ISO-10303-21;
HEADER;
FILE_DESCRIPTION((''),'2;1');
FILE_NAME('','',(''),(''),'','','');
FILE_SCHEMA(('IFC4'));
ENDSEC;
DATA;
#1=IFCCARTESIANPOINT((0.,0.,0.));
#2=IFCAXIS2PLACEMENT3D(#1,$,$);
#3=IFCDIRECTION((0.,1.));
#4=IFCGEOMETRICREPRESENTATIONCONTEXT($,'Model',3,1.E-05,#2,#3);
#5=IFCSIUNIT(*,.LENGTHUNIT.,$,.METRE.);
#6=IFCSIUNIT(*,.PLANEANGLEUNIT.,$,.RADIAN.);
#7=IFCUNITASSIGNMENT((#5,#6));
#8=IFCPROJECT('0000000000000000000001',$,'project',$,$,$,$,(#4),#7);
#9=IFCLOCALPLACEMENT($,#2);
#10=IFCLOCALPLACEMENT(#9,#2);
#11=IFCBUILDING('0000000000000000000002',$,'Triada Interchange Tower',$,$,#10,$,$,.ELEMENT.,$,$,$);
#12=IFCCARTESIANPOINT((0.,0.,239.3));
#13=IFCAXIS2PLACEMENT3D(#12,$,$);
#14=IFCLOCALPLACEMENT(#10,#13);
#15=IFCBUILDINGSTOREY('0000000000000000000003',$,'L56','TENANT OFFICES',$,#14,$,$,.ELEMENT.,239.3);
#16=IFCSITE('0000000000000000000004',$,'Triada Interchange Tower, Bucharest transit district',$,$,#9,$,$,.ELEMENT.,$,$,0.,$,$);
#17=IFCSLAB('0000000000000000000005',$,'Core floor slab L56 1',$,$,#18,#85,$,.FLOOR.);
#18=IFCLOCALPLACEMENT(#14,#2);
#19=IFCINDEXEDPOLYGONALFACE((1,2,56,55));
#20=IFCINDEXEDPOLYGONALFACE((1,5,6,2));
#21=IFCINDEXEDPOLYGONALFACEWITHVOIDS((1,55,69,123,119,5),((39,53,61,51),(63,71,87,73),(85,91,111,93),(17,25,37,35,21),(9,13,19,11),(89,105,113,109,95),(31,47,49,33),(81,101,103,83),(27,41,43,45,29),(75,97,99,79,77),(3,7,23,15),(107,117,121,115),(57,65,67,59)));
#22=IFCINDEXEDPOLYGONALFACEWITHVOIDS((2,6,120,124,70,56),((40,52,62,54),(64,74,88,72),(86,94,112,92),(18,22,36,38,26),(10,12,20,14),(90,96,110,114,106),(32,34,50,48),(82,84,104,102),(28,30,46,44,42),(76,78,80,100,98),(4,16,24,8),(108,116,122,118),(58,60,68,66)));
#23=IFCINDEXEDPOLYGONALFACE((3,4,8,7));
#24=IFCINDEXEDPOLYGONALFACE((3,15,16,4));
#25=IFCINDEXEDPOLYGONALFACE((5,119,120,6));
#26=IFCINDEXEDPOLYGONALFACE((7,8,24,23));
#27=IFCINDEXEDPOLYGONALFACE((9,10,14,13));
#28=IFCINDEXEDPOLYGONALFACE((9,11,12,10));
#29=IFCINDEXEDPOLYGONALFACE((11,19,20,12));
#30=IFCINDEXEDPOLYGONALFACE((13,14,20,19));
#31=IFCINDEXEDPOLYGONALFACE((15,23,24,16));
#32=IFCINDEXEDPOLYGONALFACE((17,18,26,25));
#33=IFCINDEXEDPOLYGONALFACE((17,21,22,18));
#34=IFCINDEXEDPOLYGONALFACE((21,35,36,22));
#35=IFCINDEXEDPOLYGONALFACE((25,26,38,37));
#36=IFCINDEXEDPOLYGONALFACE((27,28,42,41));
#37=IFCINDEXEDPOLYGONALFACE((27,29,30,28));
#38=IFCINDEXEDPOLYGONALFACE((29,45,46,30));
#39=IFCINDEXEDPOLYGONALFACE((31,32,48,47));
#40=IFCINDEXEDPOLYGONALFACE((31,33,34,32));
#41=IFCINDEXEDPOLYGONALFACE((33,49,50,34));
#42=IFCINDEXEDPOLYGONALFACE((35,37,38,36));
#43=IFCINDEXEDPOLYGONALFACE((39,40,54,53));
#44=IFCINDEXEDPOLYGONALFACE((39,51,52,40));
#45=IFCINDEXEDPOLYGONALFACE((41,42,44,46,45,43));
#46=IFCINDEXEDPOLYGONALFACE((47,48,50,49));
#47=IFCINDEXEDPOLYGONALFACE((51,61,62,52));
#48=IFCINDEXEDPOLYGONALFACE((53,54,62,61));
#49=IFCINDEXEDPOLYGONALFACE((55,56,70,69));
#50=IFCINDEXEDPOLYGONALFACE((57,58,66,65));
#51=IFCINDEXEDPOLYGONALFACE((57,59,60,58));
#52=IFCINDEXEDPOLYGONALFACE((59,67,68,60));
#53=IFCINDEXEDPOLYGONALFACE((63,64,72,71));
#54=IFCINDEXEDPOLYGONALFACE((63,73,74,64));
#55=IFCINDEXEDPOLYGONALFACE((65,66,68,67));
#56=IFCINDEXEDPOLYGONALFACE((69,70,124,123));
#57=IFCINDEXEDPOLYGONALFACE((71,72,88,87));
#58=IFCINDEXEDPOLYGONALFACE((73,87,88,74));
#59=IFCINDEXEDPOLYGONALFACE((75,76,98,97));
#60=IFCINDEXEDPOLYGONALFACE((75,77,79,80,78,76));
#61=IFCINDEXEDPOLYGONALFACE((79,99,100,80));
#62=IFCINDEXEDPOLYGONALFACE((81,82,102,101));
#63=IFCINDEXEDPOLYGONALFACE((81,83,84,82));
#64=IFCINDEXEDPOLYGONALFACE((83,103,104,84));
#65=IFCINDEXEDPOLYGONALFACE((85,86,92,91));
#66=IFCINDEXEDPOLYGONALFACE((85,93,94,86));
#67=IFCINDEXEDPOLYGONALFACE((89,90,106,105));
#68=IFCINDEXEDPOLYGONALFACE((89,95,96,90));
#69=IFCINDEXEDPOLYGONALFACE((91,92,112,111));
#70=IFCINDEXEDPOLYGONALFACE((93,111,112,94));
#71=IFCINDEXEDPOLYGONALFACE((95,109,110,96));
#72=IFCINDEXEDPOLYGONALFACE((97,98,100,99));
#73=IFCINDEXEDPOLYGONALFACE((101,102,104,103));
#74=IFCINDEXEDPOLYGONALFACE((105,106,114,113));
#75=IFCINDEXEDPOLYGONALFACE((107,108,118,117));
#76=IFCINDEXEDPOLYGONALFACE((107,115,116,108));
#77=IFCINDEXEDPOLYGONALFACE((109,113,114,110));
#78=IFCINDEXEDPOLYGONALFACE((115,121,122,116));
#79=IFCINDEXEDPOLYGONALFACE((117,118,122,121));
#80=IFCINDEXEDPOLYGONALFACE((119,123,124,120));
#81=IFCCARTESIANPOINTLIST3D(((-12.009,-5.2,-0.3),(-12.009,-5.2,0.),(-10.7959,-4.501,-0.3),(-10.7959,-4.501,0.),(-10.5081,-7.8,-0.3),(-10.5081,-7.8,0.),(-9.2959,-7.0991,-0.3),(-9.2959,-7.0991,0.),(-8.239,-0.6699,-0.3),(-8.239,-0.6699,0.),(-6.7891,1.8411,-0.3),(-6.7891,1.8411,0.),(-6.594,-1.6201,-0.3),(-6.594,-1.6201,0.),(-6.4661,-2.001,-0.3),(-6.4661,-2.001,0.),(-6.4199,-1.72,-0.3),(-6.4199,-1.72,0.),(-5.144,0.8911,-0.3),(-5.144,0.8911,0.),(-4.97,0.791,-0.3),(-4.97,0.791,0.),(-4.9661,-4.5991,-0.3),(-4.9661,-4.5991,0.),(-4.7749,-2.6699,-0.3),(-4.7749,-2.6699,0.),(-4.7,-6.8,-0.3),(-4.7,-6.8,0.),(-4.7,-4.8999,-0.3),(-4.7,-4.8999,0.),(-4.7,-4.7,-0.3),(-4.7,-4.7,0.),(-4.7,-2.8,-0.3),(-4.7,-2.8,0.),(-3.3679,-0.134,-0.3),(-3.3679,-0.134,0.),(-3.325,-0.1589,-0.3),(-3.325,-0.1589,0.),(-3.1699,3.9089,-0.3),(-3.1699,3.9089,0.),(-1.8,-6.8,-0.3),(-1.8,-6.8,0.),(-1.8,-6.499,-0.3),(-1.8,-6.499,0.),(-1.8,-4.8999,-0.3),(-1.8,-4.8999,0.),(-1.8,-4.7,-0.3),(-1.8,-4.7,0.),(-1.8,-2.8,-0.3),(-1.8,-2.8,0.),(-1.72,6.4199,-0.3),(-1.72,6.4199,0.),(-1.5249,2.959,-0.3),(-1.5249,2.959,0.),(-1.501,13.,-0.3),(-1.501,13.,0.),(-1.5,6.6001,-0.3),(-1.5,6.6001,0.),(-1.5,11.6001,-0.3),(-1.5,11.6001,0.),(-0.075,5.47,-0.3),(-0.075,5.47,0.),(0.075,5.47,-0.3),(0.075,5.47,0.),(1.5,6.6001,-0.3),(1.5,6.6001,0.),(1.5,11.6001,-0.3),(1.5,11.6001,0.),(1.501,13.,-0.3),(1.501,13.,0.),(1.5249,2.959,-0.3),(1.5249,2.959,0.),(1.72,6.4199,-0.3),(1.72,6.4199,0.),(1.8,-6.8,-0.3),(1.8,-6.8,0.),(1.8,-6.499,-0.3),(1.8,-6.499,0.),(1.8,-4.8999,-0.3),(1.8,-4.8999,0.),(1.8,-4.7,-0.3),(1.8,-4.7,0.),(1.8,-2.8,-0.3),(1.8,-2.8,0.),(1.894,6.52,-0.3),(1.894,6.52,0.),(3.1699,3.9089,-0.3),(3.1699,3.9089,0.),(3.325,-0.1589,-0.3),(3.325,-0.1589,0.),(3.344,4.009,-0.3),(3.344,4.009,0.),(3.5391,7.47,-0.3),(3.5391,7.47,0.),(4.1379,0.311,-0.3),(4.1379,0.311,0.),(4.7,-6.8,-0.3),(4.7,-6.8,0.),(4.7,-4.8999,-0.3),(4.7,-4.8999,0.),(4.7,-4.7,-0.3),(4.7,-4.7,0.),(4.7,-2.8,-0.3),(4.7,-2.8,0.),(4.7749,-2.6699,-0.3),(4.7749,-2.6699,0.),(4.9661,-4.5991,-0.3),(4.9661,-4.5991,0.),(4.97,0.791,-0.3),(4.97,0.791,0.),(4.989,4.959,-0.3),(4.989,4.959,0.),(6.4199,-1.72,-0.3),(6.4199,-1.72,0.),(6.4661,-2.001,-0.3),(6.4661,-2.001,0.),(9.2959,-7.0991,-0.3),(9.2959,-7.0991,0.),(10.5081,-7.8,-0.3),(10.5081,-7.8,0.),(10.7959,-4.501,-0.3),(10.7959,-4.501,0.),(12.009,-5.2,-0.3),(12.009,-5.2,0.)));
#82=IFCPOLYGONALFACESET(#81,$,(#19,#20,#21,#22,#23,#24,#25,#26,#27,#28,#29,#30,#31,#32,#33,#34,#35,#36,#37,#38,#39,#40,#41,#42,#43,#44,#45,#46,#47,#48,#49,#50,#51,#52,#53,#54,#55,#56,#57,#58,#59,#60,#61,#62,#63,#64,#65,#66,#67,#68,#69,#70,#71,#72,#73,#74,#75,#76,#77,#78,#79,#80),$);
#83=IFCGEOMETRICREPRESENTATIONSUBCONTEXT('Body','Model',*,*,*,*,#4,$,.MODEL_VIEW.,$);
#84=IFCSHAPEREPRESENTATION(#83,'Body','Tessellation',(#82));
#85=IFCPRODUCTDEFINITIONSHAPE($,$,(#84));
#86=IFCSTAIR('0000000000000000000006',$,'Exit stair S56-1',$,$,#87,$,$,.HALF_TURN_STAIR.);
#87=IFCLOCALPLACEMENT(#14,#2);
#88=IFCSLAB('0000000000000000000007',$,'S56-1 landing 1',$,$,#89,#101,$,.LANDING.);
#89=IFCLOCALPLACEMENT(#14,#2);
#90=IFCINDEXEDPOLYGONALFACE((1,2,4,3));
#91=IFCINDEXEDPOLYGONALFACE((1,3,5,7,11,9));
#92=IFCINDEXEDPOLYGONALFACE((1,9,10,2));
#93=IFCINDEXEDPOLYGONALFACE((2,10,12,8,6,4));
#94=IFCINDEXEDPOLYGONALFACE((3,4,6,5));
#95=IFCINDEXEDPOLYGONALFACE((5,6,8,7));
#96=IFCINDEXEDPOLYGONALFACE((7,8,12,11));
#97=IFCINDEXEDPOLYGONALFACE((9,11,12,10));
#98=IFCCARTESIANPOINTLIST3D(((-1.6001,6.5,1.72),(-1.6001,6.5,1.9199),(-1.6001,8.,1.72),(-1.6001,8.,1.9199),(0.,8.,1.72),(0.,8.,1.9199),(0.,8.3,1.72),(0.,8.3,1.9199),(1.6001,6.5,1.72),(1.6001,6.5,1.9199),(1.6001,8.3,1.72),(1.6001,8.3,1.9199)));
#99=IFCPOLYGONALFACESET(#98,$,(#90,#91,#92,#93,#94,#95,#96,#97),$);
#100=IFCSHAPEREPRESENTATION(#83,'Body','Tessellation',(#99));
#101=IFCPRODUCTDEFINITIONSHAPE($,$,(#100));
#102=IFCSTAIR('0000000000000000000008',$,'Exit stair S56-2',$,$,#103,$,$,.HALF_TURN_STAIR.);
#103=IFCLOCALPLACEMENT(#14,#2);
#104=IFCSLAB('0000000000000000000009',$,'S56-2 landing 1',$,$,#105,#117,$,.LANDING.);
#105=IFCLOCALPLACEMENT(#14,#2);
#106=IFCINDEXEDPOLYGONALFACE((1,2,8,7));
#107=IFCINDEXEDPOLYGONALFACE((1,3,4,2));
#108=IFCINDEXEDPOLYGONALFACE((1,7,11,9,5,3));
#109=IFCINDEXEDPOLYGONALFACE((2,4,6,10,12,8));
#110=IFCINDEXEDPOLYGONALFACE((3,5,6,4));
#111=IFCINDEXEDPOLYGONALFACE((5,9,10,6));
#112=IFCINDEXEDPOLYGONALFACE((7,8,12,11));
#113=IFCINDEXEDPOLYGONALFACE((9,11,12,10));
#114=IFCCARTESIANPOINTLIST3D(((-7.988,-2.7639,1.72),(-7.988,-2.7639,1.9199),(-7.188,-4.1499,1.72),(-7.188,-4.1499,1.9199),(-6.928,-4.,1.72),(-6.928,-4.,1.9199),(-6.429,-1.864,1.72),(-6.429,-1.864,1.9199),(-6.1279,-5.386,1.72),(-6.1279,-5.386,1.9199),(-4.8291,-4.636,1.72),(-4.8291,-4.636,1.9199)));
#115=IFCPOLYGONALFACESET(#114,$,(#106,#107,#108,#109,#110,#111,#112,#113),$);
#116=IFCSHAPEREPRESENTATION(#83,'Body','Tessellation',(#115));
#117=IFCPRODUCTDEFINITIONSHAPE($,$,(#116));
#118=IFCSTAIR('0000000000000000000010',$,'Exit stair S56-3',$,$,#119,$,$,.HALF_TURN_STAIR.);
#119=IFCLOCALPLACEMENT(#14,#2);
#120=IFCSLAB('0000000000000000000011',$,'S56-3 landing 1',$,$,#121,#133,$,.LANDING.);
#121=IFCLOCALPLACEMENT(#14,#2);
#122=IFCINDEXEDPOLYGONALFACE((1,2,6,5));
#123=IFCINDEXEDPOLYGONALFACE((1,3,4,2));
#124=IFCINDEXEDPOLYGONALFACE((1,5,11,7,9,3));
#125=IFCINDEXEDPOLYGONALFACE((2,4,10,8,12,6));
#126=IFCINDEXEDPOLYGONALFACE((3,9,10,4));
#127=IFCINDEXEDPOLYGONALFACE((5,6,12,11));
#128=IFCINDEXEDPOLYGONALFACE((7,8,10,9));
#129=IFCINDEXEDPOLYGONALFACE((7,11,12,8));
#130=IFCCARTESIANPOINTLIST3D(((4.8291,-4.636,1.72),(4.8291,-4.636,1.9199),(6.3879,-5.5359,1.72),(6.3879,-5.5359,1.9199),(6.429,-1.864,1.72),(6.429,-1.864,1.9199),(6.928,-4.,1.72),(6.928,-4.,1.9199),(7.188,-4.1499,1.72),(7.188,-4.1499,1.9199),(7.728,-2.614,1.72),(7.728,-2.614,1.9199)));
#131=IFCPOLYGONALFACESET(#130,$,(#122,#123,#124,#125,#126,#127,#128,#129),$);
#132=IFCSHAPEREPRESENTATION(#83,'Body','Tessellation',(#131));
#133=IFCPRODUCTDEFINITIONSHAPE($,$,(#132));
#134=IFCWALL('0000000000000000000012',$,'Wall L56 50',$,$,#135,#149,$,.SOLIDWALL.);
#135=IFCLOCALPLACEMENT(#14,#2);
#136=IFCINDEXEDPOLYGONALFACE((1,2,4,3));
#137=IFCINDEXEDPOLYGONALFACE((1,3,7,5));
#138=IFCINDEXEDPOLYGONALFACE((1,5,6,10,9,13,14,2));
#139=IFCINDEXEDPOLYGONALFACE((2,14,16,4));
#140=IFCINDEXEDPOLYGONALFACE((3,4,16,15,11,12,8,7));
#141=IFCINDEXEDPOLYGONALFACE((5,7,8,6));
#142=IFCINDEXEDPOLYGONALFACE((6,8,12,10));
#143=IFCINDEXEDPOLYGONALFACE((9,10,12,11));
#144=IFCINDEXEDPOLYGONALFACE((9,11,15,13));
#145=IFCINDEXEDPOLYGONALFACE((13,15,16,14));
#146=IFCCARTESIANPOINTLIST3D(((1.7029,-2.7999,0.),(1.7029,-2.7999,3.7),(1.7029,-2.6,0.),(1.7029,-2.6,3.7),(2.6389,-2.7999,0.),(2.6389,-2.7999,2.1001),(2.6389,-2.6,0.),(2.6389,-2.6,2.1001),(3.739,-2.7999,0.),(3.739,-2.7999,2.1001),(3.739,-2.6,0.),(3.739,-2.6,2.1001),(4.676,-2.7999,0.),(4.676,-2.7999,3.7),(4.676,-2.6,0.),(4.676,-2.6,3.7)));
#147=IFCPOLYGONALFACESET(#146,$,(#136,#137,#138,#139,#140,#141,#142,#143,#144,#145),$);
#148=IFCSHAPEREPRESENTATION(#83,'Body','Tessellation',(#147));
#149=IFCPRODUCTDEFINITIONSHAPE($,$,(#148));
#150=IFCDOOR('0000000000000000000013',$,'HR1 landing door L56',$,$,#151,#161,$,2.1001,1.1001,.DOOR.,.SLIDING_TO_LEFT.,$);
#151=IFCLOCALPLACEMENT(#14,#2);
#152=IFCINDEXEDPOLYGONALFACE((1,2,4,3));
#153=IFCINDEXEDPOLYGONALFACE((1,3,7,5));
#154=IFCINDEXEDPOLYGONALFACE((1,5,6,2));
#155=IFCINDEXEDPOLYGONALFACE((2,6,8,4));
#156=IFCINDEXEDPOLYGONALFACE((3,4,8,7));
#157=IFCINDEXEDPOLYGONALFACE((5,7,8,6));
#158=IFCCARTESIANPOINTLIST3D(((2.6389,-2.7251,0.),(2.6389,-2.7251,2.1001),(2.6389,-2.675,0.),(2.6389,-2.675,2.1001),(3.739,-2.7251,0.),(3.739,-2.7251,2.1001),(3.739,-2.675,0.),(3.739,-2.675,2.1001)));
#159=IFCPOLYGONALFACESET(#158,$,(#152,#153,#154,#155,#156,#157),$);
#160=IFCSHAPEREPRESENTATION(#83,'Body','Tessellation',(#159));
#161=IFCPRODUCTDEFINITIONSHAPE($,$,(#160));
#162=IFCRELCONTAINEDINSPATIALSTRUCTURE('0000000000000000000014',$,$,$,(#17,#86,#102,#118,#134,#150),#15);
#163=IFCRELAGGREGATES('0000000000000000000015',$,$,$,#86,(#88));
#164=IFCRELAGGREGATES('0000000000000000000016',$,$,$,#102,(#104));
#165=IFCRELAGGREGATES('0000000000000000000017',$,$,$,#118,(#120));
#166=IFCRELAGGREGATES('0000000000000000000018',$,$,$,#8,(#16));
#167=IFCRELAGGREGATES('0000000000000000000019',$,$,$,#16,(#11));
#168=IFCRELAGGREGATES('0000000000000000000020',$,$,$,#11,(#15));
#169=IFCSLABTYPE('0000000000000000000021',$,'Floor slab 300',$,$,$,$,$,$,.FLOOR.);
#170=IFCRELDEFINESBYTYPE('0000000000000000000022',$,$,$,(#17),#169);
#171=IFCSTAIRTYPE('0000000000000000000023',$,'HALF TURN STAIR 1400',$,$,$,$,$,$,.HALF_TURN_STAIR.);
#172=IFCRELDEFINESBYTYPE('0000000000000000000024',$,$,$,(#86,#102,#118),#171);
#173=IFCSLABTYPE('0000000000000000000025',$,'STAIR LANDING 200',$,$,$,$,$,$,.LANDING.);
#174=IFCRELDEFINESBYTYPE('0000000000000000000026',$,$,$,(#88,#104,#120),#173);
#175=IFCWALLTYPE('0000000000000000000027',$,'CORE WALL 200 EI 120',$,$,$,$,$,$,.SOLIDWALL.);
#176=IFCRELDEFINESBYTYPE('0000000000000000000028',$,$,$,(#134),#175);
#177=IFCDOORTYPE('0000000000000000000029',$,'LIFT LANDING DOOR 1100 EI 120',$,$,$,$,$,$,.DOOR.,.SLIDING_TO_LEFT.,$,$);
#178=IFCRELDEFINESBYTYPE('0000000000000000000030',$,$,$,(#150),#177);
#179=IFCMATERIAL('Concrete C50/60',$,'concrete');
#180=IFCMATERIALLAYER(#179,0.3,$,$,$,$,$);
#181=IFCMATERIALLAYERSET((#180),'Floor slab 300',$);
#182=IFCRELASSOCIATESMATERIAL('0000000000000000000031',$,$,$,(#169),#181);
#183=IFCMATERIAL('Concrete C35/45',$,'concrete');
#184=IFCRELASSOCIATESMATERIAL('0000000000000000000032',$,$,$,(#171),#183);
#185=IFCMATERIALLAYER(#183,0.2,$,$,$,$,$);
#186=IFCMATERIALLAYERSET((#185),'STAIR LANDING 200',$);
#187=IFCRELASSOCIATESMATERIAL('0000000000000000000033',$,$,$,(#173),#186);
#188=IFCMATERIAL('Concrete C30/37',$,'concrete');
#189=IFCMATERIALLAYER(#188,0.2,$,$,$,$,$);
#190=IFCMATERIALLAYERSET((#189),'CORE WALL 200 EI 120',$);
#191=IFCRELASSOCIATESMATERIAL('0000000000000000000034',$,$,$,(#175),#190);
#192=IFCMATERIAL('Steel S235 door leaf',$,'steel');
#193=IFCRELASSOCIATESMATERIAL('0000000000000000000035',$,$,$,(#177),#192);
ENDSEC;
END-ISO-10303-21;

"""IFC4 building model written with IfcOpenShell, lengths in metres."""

from ifc_helpers import new_model, si_unit, direction, frame, frame_2d, origin, place, context, subcontext, project, spatial, polyline, rectangle, outline, extrude, material, layer, layer_set, type_object, element, fill, aggregate, save


model = new_model("IFC4")

# Units and contexts
model_context = context("Model", 3, precision=1e-05, world=origin(), true_north=direction((0.0, 1.0)))
body_context = subcontext(model_context, "Body", "Model", "MODEL_VIEW")
ifc_project = project(units=[si_unit("LENGTHUNIT", "METRE"), si_unit("PLANEANGLEUNIT", "RADIAN")], contexts=[model_context])

# Site, building, storey
site_placement = place(None, origin())
site = spatial("IfcSite", under=ifc_project, at=site_placement, Name="Triada Interchange Tower, Bucharest transit district", CompositionType="ELEMENT", RefElevation=0.0)
building_placement = place(site_placement, origin())
building = spatial("IfcBuilding", under=site, at=building_placement, Name="Triada Interchange Tower", CompositionType="ELEMENT")
storey_placement = place(building_placement, frame((0.0, 0.0, 239.3)))
storey = spatial("IfcBuildingStorey", under=building, at=storey_placement, Name="L56", Description="TENANT OFFICES", CompositionType="ELEMENT", Elevation=239.3)

# Slab
ifc_material_1 = material(Name="Concrete C50/60", Category="concrete")
ifc_layer_1 = layer(ifc_material_1, 0.3)
ifc_layer_set_1 = layer_set([ifc_layer_1], Name="Floor slab 300")
slab_type_1 = type_object("IfcSlabType", Name="Floor slab 300", PredefinedType="FLOOR", material=ifc_layer_set_1)
slab_1_placement = place(storey_placement, frame((0.0, 0.0, -0.3)))
element("IfcSlab", 1, at=slab_1_placement, inside=storey, type_object=slab_type_1, Name="Core floor slab L56 1", PredefinedType="FLOOR", context=body_context, shape_type="SweptSolid", body=[
    extrude(outline(polyline([(12.009, -5.2), (10.5081, -7.8), (-10.5081, -7.8), (-12.009, -5.2), (-1.501, 13.0), (1.501, 13.0), (12.009, -5.2)]), holes=[polyline([(9.2959, -7.0991), (10.7959, -4.501), (6.4661, -2.001), (4.9661, -4.5991), (9.2959, -7.0991)]), polyline([(4.7749, -2.6699), (6.4199, -1.72), (4.97, 0.791), (4.1379, 0.311), (3.325, -0.1589), (4.7749, -2.6699)]), polyline([(1.894, 6.52), (3.344, 4.009), (4.989, 4.959), (3.5391, 7.47), (1.894, 6.52)]), polyline([(1.8, -4.8999), (1.8, -6.499), (1.8, -6.8), (4.7, -6.8), (4.7, -4.8999), (1.8, -4.8999)]), polyline([(4.7, -2.8), (1.8, -2.8), (1.8, -4.7), (4.7, -4.7), (4.7, -2.8)]), polyline([(0.075, 5.47), (1.5249, 2.959), (3.1699, 3.9089), (1.72, 6.4199), (0.075, 5.47)]), polyline([(-1.5, 11.6001), (-1.5, 6.6001), (1.5, 6.6001), (1.5, 11.6001), (-1.5, 11.6001)]), polyline([(-1.5249, 2.959), (-0.075, 5.47), (-1.72, 6.4199), (-3.1699, 3.9089), (-1.5249, 2.959)]), polyline([(-1.8, -2.8), (-4.7, -2.8), (-4.7, -4.7), (-1.8, -4.7), (-1.8, -2.8)]), polyline([(-4.7, -6.8), (-1.8, -6.8), (-1.8, -6.499), (-1.8, -4.8999), (-4.7, -4.8999), (-4.7, -6.8)]), polyline([(-3.3679, -0.134), (-4.97, 0.791), (-6.4199, -1.72), (-4.7749, -2.6699), (-3.325, -0.1589), (-3.3679, -0.134)]), polyline([(-10.7959, -4.501), (-9.2959, -7.0991), (-4.9661, -4.5991), (-6.4661, -2.001), (-10.7959, -4.501)]), polyline([(-6.594, -1.6201), (-5.144, 0.8911), (-6.7891, 1.8411), (-8.239, -0.6699), (-6.594, -1.6201)])]), origin(), (0.0, 0.0, 1.0), 0.3),
])

# Stairs, slabs
ifc_material_2 = material(Name="Concrete C35/45", Category="concrete")
stair_type = type_object("IfcStairType", Name="HALF TURN STAIR 1400", PredefinedType="HALF_TURN_STAIR", material=ifc_material_2)
stair_1_placement = place(storey_placement, origin())
stair_1 = element("IfcStair", 2, at=stair_1_placement, inside=storey, type_object=stair_type, Name="Exit stair S56-1", PredefinedType="HALF_TURN_STAIR")
ifc_layer_2 = layer(ifc_material_2, 0.2)
ifc_layer_set_2 = layer_set([ifc_layer_2], Name="STAIR LANDING 200")
slab_type_2 = type_object("IfcSlabType", Name="STAIR LANDING 200", PredefinedType="LANDING", material=ifc_layer_set_2)
slab_2_placement = place(storey_placement, frame((0.0, 0.0, 1.72)))
slab_2 = element("IfcSlab", 3, at=slab_2_placement, type_object=slab_type_2, Name="S56-1 landing 1", PredefinedType="LANDING", context=body_context, shape_type="SweptSolid", body=[
    extrude(outline(polyline([(1.6001, 6.5), (1.6001, 8.3), (0.0, 8.3), (0.0, 8.0), (-1.6001, 8.0), (-1.6001, 6.5), (1.6001, 6.5)])), origin(), (0.0, 0.0, 1.0), 0.2),
])
aggregate(stair_1, [slab_2])
stair_2_placement = place(storey_placement, origin())
stair_2 = element("IfcStair", 4, at=stair_2_placement, inside=storey, type_object=stair_type, Name="Exit stair S56-2", PredefinedType="HALF_TURN_STAIR")
slab_3_placement = place(storey_placement, frame((0.0, 0.0, 1.72)))
slab_3 = element("IfcSlab", 5, at=slab_3_placement, type_object=slab_type_2, Name="S56-2 landing 1", PredefinedType="LANDING", context=body_context, shape_type="SweptSolid", body=[
    extrude(outline(polyline([(-6.429, -1.864), (-7.988, -2.7639), (-7.188, -4.1499), (-6.928, -4.0), (-6.1279, -5.386), (-4.8291, -4.636), (-6.429, -1.864)])), origin(), (0.0, 0.0, 1.0), 0.2),
])
aggregate(stair_2, [slab_3])
stair_3_placement = place(storey_placement, origin())
stair_3 = element("IfcStair", 6, at=stair_3_placement, inside=storey, type_object=stair_type, Name="Exit stair S56-3", PredefinedType="HALF_TURN_STAIR")
slab_4_placement = place(storey_placement, frame((0.0, 0.0, 1.72)))
slab_4 = element("IfcSlab", 7, at=slab_4_placement, type_object=slab_type_2, Name="S56-3 landing 1", PredefinedType="LANDING", context=body_context, shape_type="SweptSolid", body=[
    extrude(outline(polyline([(4.8291, -4.636), (6.3879, -5.5359), (7.188, -4.1499), (6.928, -4.0), (7.728, -2.614), (6.429, -1.864), (4.8291, -4.636)])), origin(), (0.0, 0.0, 1.0), 0.2),
])
aggregate(stair_3, [slab_4])

# Wall, opening, door
ifc_material_3 = material(Name="Concrete C30/37", Category="concrete")
ifc_layer_3 = layer(ifc_material_3, 0.2)
ifc_layer_set_3 = layer_set([ifc_layer_3], Name="CORE WALL 200 EI 120")
wall_type_1 = type_object("IfcWallType", Name="CORE WALL 200 EI 120", PredefinedType="SOLIDWALL", material=ifc_layer_set_3)
wall_1_placement = place(storey_placement, frame((1.7029, -2.7, 0.0), z_axis=(0.0, 0.0, 1.0), x_axis=(1.0, 0.0, 0.0)))
wall_1 = element("IfcWall", 8, at=wall_1_placement, inside=storey, type_object=wall_type_1, Name="Wall L56 50", PredefinedType="SOLIDWALL", context=body_context, shape_type="SweptSolid", body=[
    extrude(rectangle(XDim=2.9731, YDim=0.2, at=frame_2d((1.4866, 0.0))), origin(), (0.0, 0.0, 1.0), 3.7),
])
opening_1_placement = place(wall_1_placement, frame((0.936, 0.0, 0.0)))
opening_1 = element("IfcOpeningElement", 9, at=opening_1_placement, cuts=wall_1, PredefinedType="OPENING", context=body_context, shape_type="SweptSolid", body=[
    extrude(rectangle(XDim=1.1001, YDim=2.1001, at=frame_2d((0.55, 1.05))), frame((0.0, 0.1099, 0.0), z_axis=(0.0, -1.0, 0.0), x_axis=(1.0, 0.0, 0.0)), (0.0, 0.0, 1.0), 0.22),
])
ifc_material_4 = material(Name="Steel S235 door leaf", Category="steel")
door_type_1 = type_object("IfcDoorType", Name="LIFT LANDING DOOR 1100 EI 120", OperationType="SLIDING_TO_LEFT", PredefinedType="DOOR", material=ifc_material_4)
door_1_placement = place(opening_1_placement, origin())
door_1 = element("IfcDoor", 10, at=door_1_placement, inside=storey, type_object=door_type_1, Name="HR1 landing door L56", OperationType="SLIDING_TO_LEFT", OverallHeight=2.1001, OverallWidth=1.1001, PredefinedType="DOOR", context=body_context, shape_type="SweptSolid", body=[
    extrude(rectangle(XDim=1.1001, YDim=2.1001, at=frame_2d((0.55, 1.05))), frame((0.0, 0.0249, 0.0), z_axis=(0.0, -1.0, 0.0), x_axis=(1.0, 0.0, 0.0)), (0.0, 0.0, 1.0), 0.05),
])
fill(opening_1, door_1)

save(model, "model.ifc")
